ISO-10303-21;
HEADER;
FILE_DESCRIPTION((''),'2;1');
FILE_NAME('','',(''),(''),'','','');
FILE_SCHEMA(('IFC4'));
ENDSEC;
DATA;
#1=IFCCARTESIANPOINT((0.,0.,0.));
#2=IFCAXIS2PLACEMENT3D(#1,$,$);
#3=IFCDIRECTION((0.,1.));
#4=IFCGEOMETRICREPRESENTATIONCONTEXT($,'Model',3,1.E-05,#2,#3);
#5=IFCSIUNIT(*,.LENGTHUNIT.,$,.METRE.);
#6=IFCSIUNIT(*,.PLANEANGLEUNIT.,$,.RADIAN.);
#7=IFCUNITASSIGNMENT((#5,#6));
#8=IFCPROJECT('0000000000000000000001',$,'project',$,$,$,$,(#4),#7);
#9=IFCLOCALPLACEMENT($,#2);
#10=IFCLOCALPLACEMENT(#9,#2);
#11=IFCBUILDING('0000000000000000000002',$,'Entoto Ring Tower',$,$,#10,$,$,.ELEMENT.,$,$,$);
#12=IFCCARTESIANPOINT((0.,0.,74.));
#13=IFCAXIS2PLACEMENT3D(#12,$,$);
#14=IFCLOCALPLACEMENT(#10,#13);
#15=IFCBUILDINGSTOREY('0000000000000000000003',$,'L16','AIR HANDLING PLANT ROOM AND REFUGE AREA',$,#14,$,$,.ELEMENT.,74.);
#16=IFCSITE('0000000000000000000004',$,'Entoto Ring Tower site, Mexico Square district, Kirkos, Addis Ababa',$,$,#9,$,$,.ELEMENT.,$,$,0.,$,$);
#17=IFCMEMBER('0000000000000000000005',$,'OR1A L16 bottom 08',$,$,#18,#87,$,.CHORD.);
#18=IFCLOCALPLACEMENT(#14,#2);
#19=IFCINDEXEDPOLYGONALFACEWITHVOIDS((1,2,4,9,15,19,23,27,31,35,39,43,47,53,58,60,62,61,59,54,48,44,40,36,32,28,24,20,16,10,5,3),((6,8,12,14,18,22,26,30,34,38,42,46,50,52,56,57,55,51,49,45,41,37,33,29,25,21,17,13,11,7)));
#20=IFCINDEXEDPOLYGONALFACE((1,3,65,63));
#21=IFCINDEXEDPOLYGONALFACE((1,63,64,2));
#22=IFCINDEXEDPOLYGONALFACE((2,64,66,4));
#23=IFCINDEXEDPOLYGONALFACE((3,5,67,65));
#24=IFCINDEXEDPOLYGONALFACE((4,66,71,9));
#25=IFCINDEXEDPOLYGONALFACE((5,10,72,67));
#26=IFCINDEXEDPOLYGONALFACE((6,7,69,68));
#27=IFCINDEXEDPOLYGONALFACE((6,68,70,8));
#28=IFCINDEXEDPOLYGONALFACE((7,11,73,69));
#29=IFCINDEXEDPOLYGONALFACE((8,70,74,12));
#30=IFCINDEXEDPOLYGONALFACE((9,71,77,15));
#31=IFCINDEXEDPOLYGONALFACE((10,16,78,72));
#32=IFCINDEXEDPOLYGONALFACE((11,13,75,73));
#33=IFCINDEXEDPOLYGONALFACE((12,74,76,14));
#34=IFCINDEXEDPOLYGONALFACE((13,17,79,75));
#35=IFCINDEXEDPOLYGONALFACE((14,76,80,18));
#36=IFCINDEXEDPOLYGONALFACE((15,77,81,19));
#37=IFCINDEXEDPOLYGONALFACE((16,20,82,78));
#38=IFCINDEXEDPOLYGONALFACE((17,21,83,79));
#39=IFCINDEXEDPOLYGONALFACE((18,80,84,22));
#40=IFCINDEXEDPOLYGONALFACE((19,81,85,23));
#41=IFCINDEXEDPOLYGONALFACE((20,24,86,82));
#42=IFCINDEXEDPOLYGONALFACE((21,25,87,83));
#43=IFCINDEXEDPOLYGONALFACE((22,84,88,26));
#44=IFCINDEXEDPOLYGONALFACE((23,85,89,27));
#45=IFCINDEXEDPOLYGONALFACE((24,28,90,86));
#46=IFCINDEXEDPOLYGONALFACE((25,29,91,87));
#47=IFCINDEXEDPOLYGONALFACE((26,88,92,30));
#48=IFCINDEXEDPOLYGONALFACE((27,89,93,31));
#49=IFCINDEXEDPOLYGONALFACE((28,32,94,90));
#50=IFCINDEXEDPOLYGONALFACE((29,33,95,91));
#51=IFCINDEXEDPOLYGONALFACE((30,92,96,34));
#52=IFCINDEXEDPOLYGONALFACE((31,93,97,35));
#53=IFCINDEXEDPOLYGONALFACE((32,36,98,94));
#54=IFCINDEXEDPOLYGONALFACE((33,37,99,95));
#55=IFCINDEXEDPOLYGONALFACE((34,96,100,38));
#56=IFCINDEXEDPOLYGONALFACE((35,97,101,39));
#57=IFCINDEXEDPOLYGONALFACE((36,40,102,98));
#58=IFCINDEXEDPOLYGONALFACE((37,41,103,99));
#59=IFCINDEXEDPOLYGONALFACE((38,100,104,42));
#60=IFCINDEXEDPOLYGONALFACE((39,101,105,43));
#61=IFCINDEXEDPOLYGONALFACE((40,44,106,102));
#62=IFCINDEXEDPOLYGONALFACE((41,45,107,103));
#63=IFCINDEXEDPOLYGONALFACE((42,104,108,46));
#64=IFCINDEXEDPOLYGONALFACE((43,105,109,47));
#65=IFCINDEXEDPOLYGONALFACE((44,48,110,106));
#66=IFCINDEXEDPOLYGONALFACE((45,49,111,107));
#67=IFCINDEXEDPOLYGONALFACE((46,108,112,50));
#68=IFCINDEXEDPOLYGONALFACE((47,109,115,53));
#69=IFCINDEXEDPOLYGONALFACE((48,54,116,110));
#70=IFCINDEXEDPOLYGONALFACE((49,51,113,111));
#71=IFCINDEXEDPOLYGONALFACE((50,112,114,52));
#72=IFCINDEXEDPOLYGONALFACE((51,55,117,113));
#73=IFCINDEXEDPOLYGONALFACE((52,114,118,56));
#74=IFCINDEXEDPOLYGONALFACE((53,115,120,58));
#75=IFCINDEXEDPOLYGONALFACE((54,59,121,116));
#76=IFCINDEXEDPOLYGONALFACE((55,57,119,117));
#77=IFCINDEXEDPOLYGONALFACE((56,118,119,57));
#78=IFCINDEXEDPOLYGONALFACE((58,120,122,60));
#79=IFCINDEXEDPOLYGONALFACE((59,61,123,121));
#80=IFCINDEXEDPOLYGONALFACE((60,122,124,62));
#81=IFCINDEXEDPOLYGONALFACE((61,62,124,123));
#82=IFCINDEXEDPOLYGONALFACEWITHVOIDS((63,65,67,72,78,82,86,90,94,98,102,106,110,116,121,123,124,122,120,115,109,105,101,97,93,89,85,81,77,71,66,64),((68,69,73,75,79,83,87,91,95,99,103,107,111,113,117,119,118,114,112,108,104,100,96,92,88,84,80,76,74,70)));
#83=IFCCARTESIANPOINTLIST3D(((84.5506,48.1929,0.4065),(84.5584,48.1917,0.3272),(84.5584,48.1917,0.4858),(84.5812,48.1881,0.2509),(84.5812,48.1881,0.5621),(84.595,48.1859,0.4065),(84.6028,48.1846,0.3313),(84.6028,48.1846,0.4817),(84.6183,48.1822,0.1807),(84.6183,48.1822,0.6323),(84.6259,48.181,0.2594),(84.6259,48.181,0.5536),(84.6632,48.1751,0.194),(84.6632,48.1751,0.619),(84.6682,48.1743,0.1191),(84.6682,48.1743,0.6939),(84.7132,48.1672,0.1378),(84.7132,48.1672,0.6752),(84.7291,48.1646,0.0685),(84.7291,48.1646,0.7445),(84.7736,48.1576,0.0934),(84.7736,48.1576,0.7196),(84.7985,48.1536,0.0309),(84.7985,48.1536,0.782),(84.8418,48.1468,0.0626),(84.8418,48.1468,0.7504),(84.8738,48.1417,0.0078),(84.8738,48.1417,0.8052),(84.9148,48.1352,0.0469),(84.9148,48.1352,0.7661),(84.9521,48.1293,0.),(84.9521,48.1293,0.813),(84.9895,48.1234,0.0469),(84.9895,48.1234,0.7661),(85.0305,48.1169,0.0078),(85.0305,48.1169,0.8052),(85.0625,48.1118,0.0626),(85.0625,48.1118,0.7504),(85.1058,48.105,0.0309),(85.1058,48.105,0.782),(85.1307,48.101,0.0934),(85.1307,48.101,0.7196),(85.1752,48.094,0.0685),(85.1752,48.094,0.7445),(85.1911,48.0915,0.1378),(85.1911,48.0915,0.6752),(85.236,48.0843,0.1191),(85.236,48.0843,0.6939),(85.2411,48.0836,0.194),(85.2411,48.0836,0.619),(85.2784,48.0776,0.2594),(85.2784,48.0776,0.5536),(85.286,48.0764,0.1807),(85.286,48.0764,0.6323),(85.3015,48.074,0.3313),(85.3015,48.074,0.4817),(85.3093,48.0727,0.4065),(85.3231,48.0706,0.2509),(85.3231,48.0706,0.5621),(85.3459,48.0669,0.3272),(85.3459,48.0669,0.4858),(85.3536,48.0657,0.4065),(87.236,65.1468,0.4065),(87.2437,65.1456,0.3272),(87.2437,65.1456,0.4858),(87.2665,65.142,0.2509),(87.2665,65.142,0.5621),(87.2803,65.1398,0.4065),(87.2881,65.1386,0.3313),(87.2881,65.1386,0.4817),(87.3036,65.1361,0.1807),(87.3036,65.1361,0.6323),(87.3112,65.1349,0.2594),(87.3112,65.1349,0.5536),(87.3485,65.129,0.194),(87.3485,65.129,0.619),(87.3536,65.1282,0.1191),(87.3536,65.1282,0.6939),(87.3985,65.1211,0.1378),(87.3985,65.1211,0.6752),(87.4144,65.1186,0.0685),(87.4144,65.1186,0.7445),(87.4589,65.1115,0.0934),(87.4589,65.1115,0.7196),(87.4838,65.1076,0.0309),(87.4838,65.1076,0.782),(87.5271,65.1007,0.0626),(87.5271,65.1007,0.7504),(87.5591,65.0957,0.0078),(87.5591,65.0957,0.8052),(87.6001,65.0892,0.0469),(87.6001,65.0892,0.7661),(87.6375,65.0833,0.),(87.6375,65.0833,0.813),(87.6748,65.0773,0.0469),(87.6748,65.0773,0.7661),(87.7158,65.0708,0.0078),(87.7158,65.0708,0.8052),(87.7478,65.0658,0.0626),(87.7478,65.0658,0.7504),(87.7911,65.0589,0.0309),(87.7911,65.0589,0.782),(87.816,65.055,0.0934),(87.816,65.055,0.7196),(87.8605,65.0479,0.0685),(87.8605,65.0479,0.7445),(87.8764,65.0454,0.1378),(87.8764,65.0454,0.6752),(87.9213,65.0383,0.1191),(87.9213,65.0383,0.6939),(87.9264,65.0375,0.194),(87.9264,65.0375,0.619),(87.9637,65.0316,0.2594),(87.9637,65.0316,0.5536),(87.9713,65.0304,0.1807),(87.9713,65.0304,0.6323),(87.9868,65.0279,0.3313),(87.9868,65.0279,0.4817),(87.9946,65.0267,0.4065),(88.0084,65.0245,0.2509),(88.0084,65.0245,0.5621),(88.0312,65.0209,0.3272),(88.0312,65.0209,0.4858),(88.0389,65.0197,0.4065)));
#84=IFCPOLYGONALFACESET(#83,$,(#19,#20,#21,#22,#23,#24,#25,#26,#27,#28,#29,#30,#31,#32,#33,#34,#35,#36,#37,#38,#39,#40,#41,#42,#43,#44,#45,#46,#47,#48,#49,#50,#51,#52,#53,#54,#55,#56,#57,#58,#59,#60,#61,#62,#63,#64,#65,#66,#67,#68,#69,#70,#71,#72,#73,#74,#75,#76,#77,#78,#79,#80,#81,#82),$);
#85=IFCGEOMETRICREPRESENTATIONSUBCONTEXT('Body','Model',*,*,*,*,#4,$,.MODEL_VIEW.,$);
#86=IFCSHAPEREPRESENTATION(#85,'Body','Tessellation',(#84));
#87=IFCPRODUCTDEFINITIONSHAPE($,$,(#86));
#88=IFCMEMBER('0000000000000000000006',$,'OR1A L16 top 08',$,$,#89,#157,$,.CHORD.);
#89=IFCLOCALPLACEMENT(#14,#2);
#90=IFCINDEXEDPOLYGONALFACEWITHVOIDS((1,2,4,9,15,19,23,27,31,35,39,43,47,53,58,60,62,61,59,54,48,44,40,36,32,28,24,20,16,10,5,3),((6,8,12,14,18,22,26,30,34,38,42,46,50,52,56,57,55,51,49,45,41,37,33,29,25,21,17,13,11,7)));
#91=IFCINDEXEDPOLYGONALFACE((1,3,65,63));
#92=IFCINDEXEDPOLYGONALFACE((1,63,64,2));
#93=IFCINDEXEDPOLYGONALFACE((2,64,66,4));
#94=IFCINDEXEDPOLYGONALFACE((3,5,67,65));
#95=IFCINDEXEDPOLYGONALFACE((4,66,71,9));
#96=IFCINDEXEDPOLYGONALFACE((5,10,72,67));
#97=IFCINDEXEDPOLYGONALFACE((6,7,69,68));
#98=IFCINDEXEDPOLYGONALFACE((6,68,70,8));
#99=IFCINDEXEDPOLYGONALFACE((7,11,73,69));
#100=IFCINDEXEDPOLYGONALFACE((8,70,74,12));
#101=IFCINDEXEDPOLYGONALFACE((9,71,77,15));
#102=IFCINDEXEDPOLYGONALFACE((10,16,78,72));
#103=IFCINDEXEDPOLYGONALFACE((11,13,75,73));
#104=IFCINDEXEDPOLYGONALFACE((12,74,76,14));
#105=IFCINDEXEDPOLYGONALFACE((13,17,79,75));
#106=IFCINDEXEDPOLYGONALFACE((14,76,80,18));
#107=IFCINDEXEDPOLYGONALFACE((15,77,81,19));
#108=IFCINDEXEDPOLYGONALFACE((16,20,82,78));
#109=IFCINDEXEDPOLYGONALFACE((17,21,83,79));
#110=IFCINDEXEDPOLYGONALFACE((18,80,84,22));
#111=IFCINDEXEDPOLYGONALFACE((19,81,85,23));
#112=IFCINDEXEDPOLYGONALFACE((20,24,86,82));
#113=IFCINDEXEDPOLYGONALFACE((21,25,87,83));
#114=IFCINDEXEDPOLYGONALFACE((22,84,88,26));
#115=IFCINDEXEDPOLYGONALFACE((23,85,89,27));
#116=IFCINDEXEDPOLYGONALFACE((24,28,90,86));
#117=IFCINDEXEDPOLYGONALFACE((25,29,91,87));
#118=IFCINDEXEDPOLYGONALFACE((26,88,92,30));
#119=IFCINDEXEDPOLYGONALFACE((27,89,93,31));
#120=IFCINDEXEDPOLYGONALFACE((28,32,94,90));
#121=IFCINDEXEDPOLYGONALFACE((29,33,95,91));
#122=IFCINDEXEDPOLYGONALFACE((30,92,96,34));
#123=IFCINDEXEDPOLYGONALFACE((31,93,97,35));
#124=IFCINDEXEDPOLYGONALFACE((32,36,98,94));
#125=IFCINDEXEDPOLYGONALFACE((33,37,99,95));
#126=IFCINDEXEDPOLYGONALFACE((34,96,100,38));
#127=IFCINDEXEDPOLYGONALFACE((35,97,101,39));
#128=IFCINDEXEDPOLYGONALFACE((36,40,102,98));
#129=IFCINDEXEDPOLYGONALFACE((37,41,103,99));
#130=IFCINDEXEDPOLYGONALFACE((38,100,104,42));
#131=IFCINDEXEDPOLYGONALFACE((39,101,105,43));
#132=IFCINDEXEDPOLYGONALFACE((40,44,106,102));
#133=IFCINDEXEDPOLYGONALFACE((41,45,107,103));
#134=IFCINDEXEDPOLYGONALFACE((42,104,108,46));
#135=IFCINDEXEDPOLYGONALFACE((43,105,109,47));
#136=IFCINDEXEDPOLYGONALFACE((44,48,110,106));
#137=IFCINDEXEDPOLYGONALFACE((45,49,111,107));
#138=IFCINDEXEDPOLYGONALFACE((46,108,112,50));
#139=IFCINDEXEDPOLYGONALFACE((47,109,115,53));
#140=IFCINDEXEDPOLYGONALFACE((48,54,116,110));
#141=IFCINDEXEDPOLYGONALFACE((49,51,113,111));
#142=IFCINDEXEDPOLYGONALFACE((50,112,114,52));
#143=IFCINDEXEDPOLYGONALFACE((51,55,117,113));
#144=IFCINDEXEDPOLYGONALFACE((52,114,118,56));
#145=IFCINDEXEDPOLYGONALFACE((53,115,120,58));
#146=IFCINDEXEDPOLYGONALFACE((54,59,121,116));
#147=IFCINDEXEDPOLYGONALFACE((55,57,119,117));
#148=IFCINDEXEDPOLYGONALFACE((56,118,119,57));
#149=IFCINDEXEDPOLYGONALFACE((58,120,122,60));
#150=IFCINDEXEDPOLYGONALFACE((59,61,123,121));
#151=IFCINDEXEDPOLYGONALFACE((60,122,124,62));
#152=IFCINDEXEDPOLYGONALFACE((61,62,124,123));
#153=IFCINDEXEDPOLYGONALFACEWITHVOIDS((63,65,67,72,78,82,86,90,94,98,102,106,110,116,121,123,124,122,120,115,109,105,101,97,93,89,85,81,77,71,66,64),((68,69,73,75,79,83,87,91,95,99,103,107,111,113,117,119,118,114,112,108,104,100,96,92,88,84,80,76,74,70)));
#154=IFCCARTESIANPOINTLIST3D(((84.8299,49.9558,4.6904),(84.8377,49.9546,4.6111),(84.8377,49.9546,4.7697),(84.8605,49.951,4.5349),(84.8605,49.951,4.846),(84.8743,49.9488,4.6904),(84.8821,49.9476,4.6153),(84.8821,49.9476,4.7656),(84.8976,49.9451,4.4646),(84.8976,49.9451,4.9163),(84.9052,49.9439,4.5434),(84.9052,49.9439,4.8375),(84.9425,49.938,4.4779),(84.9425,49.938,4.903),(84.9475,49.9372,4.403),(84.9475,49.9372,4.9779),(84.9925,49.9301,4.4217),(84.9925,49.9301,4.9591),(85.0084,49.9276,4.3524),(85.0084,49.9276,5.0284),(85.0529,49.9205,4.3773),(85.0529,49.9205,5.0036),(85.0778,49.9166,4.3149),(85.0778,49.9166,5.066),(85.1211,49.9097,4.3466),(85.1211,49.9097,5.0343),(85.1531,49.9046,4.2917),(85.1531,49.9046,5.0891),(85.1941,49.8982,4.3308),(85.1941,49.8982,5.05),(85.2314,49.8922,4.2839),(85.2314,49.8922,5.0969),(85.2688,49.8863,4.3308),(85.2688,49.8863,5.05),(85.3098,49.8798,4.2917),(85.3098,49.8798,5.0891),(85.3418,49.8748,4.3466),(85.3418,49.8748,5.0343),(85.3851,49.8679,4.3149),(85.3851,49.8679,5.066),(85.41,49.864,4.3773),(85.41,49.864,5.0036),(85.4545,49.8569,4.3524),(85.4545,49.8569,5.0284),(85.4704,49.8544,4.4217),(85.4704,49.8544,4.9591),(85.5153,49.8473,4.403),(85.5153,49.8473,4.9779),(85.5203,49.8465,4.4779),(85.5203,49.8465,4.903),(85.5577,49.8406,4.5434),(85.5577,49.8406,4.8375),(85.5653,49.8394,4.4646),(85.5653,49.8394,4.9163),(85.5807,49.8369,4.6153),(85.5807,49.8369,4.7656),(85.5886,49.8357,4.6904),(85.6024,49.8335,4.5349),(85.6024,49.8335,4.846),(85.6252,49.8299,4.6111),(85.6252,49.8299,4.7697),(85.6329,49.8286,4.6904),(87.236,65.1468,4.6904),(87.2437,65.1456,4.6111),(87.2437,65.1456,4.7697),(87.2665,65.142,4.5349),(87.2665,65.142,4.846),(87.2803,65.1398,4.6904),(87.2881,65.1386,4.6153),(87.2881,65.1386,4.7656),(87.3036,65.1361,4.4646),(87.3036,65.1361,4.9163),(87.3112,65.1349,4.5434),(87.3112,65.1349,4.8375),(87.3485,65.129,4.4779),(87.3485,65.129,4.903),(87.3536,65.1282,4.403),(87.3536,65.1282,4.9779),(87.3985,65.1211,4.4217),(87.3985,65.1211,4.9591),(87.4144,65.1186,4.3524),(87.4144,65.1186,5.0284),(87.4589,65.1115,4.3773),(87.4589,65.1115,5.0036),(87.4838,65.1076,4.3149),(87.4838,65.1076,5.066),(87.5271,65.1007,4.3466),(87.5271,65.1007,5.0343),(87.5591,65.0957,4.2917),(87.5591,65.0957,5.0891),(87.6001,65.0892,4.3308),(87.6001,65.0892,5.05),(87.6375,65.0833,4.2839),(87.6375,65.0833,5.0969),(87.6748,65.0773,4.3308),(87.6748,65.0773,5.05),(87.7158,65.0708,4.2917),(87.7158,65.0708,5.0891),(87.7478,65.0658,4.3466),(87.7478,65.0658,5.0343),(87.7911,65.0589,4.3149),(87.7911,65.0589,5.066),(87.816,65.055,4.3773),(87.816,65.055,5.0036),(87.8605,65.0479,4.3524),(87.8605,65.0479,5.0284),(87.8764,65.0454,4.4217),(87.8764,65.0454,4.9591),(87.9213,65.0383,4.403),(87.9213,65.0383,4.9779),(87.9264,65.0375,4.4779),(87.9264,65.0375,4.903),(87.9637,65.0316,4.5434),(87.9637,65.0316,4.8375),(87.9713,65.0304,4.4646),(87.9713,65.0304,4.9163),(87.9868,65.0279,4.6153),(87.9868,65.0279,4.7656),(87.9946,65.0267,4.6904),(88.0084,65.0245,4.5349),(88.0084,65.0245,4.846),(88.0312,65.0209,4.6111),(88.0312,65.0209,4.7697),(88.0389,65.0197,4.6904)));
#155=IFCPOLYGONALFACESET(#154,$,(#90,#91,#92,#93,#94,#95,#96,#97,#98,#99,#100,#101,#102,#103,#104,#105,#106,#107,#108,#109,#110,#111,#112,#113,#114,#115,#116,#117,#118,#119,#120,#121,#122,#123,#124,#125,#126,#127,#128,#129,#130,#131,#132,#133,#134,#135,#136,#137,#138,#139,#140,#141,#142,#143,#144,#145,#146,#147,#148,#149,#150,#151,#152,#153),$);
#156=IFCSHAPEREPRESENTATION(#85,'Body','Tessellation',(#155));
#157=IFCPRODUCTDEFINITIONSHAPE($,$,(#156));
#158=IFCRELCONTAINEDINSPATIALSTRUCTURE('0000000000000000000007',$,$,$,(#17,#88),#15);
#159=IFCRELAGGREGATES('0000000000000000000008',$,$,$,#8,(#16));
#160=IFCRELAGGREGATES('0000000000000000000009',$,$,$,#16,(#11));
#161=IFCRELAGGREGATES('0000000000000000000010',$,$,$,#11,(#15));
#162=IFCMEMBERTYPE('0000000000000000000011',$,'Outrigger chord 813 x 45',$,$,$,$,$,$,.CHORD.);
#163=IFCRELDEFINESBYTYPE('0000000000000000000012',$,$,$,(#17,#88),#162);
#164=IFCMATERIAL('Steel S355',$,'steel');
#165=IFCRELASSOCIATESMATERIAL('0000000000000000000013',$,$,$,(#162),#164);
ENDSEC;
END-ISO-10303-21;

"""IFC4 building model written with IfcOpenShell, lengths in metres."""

from ifc_helpers import new_model, si_unit, direction, frame, origin, origin_2d, place, context, subcontext, project, spatial, circle, hollow_circle, extrude, material, material_profile, profile_set, type_object, element, save


model = new_model("IFC4")

# Units and contexts
model_context = context("Model", 3, precision=1e-05, world=origin(), true_north=direction((0.0, 1.0)))
body_context = subcontext(model_context, "Body", "Model", "MODEL_VIEW")
ifc_project = project(units=[si_unit("LENGTHUNIT", "METRE"), si_unit("PLANEANGLEUNIT", "RADIAN")], contexts=[model_context])

# Site, building, storey
site_placement = place(None, origin())
site = spatial("IfcSite", under=ifc_project, at=site_placement, Name="Entoto Ring Tower site, Mexico Square district, Kirkos, Addis Ababa", CompositionType="ELEMENT", RefElevation=0.0)
building_placement = place(site_placement, origin())
building = spatial("IfcBuilding", under=site, at=building_placement, Name="Entoto Ring Tower", CompositionType="ELEMENT")
storey_placement = place(building_placement, frame((0.0, 0.0, 74.0)))
storey = spatial("IfcBuildingStorey", under=building, at=storey_placement, Name="L16", Description="AIR HANDLING PLANT ROOM AND REFUGE AREA", CompositionType="ELEMENT", Elevation=74.0)

# Members
ifc_material_1 = material(Name="Steel S355", Category="steel")
ifc_material_profile_1 = material_profile(ifc_material_1, hollow_circle(Radius=0.4065, WallThickness=0.0449, at=origin_2d()), Name="CHS 813 x 45")
ifc_material_2 = material(Name="Concrete C60/75", Category="concrete")
ifc_material_profile_2 = material_profile(ifc_material_2, circle(Radius=0.3616, at=origin_2d()), Name="Concrete C60/75 infill")
ifc_profile_set_1 = profile_set([ifc_material_profile_1, ifc_material_profile_2], Name="Steel S355")
member_type_1 = type_object("IfcMemberType", Name="Outrigger chord 813 x 45", PredefinedType="CHORD", material=ifc_profile_set_1)
member_1_placement = place(storey_placement, frame((87.6375, 65.0833, 0.4065), z_axis=(-0.156439, -0.987688, 0.0), x_axis=(0.987688, -0.156439, 0.0)))
element("IfcMember", 1, at=member_1_placement, inside=storey, type_object=member_type_1, Name="OR1A L16 bottom 08", PredefinedType="CHORD", context=body_context, shape_type="SweptSolid", body=[
    extrude(hollow_circle(Radius=0.4065, WallThickness=0.0449, at=origin_2d()), origin(), (0.0, 0.0, 1.0), 17.1653),
])
member_2_placement = place(storey_placement, frame((87.6375, 65.0833, 4.6904), z_axis=(-0.156435, -0.987688, 0.0), x_axis=(0.987688, -0.156435, 0.0)))
element("IfcMember", 2, at=member_2_placement, inside=storey, type_object=member_type_1, Name="OR1A L16 top 08", PredefinedType="CHORD", context=body_context, shape_type="SweptSolid", body=[
    extrude(hollow_circle(Radius=0.4065, WallThickness=0.0449, at=origin_2d()), origin(), (0.0, 0.0, 1.0), 15.3804),
])

save(model, "model.ifc")
